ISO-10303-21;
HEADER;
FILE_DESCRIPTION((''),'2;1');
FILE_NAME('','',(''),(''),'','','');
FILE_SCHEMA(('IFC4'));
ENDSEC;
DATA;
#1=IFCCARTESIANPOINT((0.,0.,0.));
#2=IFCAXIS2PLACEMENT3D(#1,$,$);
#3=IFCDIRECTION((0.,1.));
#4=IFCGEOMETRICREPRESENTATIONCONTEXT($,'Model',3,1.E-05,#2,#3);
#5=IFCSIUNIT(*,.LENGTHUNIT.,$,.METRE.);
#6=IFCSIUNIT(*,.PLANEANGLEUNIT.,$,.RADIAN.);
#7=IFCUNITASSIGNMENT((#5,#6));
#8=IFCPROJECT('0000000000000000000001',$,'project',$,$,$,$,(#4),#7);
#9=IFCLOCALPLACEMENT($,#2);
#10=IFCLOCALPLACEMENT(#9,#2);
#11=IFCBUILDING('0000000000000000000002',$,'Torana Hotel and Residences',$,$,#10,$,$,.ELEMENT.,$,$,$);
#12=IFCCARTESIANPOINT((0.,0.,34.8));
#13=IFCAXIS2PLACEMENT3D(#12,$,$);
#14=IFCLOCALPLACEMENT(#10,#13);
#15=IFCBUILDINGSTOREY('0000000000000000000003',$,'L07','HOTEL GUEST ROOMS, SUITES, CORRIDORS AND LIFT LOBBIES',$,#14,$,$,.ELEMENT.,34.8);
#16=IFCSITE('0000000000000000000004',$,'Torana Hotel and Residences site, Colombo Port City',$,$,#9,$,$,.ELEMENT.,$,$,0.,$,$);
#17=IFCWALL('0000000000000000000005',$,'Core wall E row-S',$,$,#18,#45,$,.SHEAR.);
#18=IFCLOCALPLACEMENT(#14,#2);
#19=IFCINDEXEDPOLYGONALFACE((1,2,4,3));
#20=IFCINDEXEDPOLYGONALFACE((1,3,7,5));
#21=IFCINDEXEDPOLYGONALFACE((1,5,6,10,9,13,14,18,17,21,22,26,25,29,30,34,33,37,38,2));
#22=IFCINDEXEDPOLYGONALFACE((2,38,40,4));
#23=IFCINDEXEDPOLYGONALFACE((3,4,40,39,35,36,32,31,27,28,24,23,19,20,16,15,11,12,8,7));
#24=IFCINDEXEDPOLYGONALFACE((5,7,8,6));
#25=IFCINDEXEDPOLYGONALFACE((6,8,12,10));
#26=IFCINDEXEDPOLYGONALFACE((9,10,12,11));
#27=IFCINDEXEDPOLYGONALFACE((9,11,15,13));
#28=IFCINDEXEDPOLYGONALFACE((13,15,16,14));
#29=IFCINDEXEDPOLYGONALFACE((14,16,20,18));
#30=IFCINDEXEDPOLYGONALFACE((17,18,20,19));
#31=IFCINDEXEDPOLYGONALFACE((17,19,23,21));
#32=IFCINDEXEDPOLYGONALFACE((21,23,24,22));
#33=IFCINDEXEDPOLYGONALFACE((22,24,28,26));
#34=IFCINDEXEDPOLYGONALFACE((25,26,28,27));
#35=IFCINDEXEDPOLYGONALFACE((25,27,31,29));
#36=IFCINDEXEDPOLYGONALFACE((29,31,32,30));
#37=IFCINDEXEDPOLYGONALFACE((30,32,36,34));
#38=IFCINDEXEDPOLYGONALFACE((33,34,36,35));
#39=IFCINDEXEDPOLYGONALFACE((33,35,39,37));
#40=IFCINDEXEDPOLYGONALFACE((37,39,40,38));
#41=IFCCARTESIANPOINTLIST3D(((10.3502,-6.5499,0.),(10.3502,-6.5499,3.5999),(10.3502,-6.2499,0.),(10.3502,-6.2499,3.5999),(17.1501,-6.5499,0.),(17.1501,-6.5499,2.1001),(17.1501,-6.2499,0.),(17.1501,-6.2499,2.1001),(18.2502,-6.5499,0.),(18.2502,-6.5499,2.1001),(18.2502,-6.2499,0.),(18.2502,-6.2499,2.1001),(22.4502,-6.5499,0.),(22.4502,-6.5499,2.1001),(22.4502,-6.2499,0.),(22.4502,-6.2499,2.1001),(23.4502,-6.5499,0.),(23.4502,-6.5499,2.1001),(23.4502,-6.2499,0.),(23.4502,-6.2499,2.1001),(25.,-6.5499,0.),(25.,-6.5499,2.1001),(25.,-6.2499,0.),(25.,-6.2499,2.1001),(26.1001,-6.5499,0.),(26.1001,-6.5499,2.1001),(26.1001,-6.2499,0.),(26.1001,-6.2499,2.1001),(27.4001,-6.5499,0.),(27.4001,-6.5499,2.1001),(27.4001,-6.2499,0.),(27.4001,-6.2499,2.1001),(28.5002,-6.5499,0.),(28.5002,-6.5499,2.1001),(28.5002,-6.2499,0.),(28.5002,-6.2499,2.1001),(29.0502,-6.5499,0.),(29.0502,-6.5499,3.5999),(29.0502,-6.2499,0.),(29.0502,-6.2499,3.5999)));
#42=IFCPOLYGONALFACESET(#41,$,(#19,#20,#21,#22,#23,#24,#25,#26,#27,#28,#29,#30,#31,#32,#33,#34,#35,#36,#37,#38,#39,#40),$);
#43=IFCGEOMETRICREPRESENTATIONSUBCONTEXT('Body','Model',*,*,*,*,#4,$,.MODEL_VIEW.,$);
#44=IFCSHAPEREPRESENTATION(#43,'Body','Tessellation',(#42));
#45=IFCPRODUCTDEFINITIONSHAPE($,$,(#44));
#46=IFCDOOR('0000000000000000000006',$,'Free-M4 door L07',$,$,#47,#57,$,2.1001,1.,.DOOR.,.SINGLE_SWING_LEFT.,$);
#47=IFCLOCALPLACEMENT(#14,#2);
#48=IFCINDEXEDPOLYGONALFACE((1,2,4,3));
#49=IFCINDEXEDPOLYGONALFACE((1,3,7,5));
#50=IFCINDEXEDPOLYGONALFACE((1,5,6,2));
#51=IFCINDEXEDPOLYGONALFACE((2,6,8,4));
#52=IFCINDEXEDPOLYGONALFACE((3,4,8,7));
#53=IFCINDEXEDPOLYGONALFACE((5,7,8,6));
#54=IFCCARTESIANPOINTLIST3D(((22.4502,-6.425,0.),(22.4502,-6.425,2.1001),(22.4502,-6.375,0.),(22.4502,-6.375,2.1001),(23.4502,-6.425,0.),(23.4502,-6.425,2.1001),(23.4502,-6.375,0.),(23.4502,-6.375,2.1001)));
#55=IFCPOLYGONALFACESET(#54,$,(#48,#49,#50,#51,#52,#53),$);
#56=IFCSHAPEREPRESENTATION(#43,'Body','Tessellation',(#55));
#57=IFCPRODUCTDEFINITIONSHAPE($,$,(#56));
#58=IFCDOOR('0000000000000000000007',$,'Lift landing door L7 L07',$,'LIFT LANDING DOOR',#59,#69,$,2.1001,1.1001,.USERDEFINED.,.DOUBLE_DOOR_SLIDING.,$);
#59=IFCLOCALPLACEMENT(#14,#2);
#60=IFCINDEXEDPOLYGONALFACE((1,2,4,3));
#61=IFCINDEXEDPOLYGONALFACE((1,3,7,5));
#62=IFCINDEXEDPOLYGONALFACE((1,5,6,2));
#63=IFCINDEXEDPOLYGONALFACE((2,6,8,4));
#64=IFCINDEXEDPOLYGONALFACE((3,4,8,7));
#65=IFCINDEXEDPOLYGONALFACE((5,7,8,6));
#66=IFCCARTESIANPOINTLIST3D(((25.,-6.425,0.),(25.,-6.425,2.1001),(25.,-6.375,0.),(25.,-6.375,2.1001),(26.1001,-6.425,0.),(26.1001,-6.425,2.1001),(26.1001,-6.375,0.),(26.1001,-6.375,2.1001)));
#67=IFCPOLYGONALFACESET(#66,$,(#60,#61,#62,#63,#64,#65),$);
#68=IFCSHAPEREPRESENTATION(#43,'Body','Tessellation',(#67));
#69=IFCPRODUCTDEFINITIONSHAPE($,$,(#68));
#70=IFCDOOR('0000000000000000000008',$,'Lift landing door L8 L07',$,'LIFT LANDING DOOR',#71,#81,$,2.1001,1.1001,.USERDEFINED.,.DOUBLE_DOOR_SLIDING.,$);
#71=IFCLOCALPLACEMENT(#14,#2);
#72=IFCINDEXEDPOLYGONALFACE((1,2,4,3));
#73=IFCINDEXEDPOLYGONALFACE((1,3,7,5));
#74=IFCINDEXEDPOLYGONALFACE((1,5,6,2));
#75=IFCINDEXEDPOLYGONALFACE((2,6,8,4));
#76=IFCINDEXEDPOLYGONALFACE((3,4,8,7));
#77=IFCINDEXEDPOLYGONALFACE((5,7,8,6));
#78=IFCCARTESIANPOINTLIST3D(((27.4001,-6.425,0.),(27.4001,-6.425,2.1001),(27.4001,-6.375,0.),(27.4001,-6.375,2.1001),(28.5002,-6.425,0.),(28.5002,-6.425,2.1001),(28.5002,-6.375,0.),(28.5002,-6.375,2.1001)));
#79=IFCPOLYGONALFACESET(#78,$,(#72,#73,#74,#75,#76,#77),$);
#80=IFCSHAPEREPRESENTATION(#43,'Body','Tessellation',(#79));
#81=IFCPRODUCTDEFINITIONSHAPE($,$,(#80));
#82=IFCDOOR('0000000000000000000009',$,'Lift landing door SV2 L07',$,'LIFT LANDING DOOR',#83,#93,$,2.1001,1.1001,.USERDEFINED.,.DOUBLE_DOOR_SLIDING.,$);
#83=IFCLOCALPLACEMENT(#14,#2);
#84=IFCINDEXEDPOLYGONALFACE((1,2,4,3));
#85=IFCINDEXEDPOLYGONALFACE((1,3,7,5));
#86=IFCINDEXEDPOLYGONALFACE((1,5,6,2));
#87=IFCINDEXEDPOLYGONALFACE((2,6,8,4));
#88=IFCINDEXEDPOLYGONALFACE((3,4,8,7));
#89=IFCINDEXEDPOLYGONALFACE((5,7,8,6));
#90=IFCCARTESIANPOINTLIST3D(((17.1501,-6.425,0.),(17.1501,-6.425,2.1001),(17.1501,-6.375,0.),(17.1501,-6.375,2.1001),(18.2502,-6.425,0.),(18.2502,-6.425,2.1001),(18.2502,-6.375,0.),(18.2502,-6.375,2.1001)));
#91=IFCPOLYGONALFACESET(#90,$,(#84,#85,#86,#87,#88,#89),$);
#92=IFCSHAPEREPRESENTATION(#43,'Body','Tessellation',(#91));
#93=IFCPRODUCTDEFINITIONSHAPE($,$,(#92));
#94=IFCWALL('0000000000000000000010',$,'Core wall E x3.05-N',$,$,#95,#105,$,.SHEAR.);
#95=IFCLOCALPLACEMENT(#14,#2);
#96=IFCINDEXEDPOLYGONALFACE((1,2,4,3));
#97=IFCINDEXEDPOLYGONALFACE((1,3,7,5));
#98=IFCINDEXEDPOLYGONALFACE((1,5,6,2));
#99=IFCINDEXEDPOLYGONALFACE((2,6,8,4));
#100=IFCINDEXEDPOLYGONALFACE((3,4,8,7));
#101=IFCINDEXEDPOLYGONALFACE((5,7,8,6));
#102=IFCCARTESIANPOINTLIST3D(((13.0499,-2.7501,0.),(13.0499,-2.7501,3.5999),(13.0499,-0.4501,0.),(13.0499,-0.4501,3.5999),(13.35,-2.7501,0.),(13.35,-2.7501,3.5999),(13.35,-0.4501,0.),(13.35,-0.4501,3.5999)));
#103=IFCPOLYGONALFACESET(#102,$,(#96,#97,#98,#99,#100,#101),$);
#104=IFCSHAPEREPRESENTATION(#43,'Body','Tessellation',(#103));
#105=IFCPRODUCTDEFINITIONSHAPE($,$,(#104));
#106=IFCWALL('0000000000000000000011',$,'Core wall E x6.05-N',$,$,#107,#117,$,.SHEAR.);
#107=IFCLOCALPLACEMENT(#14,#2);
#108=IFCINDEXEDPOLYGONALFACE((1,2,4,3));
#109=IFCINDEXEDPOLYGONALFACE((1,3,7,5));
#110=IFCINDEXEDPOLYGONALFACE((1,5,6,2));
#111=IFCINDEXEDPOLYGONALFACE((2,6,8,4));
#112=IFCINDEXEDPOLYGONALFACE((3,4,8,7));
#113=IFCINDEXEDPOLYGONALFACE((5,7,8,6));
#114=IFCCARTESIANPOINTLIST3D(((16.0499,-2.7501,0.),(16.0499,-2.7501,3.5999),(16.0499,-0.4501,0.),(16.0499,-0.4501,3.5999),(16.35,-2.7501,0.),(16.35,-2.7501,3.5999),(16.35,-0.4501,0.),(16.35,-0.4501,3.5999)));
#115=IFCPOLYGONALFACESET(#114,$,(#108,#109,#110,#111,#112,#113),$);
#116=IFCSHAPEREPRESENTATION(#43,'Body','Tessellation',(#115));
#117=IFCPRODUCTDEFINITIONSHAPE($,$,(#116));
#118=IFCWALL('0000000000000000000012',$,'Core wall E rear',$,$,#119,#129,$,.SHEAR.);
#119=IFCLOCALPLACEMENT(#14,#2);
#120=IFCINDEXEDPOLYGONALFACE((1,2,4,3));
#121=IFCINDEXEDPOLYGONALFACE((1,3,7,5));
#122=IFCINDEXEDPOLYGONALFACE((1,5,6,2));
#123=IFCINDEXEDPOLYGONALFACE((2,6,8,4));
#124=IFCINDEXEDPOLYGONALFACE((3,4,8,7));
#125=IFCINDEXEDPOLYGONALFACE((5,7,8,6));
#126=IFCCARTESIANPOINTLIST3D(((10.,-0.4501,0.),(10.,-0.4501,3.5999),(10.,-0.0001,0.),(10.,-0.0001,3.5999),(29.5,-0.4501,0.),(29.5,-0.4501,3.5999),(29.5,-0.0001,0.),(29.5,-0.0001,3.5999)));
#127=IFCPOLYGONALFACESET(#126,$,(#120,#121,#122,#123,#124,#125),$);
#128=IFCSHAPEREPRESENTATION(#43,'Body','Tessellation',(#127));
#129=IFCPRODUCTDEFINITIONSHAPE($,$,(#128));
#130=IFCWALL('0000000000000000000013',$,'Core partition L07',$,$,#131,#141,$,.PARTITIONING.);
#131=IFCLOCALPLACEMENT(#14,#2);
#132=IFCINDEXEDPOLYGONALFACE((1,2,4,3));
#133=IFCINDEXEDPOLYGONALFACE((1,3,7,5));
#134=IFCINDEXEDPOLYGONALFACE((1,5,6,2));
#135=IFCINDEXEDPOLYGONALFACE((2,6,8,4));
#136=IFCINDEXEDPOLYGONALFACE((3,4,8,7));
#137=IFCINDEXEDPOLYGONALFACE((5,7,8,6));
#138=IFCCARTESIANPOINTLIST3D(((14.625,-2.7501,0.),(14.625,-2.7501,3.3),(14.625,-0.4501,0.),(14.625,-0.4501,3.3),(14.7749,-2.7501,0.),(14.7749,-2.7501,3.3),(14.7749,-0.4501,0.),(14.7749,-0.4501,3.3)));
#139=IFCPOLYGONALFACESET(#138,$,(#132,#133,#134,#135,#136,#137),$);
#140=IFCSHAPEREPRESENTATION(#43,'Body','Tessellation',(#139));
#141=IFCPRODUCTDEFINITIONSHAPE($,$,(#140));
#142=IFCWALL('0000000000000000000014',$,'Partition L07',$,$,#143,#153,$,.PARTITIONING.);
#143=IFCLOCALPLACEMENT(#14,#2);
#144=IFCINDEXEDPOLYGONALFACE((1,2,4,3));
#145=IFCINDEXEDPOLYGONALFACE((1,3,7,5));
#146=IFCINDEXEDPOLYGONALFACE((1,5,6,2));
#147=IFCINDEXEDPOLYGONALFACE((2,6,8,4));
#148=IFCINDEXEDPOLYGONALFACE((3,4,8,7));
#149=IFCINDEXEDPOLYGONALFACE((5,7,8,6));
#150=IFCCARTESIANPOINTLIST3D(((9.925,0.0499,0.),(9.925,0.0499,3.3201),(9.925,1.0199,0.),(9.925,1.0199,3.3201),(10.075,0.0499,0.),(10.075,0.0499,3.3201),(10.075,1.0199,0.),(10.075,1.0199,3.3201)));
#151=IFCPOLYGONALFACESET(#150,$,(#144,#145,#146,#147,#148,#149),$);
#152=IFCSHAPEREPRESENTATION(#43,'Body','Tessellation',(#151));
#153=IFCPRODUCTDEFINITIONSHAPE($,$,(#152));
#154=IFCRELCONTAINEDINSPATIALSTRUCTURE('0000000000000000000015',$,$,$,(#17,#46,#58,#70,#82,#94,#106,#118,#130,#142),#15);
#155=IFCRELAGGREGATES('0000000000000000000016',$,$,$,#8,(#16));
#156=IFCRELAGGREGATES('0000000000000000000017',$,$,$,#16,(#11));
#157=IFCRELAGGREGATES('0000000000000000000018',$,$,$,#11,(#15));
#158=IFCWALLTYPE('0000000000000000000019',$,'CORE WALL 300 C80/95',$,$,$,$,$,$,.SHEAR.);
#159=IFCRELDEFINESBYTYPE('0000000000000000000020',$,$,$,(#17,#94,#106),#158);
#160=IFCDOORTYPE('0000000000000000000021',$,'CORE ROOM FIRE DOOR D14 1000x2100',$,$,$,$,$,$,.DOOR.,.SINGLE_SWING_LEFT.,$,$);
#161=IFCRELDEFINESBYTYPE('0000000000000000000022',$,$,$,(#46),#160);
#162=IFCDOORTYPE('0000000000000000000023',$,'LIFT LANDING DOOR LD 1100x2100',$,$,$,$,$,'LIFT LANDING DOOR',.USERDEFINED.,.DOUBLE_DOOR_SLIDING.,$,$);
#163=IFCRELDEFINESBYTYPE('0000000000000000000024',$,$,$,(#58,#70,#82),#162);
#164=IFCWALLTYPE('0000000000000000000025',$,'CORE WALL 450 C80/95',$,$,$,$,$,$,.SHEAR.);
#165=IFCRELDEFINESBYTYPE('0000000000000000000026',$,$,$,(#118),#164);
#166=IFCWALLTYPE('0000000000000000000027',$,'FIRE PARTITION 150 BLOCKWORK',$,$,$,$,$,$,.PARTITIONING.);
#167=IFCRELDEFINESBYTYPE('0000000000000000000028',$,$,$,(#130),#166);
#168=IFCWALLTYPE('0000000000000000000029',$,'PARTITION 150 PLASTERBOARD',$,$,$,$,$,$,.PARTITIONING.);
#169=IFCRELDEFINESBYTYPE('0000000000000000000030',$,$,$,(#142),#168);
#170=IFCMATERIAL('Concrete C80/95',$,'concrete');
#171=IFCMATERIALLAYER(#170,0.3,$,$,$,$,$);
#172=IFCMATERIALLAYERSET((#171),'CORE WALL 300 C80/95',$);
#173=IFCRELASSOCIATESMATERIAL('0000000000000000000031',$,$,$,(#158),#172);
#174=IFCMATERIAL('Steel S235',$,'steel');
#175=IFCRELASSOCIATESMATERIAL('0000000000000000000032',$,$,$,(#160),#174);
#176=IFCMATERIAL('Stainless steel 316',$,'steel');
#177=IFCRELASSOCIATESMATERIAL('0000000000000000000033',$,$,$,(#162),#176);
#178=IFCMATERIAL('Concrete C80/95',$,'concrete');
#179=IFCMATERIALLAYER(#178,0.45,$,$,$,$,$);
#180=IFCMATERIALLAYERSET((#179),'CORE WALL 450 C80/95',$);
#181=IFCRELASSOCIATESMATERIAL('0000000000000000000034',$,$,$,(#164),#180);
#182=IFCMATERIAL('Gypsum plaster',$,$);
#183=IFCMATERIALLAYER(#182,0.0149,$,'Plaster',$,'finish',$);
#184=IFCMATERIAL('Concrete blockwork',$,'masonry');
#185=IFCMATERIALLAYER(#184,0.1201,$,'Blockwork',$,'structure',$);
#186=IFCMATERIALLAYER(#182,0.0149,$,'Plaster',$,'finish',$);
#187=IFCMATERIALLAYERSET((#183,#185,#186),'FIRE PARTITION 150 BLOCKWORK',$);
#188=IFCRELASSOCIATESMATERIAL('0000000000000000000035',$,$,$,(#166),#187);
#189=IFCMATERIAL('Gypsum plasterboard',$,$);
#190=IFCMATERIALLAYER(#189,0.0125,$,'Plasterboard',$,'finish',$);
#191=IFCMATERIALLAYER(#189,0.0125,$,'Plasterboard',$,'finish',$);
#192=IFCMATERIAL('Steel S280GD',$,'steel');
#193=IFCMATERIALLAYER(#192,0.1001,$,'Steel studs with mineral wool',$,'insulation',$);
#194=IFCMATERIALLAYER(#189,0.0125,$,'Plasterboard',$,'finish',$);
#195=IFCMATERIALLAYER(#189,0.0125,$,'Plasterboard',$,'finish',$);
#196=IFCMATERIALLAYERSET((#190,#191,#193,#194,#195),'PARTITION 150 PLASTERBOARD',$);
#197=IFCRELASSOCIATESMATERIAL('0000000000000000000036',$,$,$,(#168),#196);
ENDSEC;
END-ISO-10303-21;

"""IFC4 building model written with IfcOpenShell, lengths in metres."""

from ifc_helpers import new_model, si_unit, direction, frame, frame_2d, origin, place, context, subcontext, project, spatial, rectangle, extrude, material, layer, layer_set, type_object, element, fill, save


model = new_model("IFC4")

# Units and contexts
model_context = context("Model", 3, precision=1e-05, world=origin(), true_north=direction((0.0, 1.0)))
body_context = subcontext(model_context, "Body", "Model", "MODEL_VIEW")
ifc_project = project(units=[si_unit("LENGTHUNIT", "METRE"), si_unit("PLANEANGLEUNIT", "RADIAN")], contexts=[model_context])

# Site, building, storey
site_placement = place(None, origin())
site = spatial("IfcSite", under=ifc_project, at=site_placement, Name="Torana Hotel and Residences site, Colombo Port City", CompositionType="ELEMENT", RefElevation=0.0)
building_placement = place(site_placement, origin())
building = spatial("IfcBuilding", under=site, at=building_placement, Name="Torana Hotel and Residences", CompositionType="ELEMENT")
storey_placement = place(building_placement, frame((0.0, 0.0, 34.8)))
storey = spatial("IfcBuildingStorey", under=building, at=storey_placement, Name="L07", Description="HOTEL GUEST ROOMS, SUITES, CORRIDORS AND LIFT LOBBIES", CompositionType="ELEMENT", Elevation=34.8)

# Wall, openings, doors
ifc_material_1 = material(Name="Concrete C80/95", Category="concrete")
ifc_layer_1 = layer(ifc_material_1, 0.3)
ifc_layer_set_1 = layer_set([ifc_layer_1], Name="CORE WALL 300 C80/95")
wall_type_1 = type_object("IfcWallType", Name="CORE WALL 300 C80/95", PredefinedType="SHEAR", material=ifc_layer_set_1)
ifc_material_2 = material(Name="Steel S235", Category="steel")
door_type_1 = type_object("IfcDoorType", Name="CORE ROOM FIRE DOOR D14 1000x2100", OperationType="SINGLE_SWING_LEFT", PredefinedType="DOOR", material=ifc_material_2)
ifc_material_3 = material(Name="Stainless steel 316", Category="steel")
door_type_2 = type_object("IfcDoorType", Name="LIFT LANDING DOOR LD 1100x2100", ElementType="LIFT LANDING DOOR", OperationType="DOUBLE_DOOR_SLIDING", PredefinedType="USERDEFINED", material=ifc_material_3)
wall_1_placement = place(storey_placement, frame((10.3501, -6.3999, 0.0), z_axis=(0.0, 0.0, 1.0), x_axis=(1.0, 0.0, 0.0)))
wall_1 = element("IfcWall", 1, at=wall_1_placement, inside=storey, type_object=wall_type_1, Name="Core wall E row-S", PredefinedType="SHEAR", context=body_context, shape_type="SweptSolid", body=[
    extrude(rectangle(XDim=18.7, YDim=0.3, at=frame_2d((9.3501, 0.0))), origin(), (0.0, 0.0, 1.0), 3.5999),
])
opening_1_placement = place(wall_1_placement, frame((14.6499, 0.0, 0.0)))
opening_1 = element("IfcOpeningElement", 2, at=opening_1_placement, cuts=wall_1, PredefinedType="OPENING", context=body_context, shape_type="SweptSolid", body=[
    extrude(rectangle(XDim=1.1001, YDim=2.1001, at=frame_2d((0.55, 1.05))), frame((0.0, 0.1599, 0.0), z_axis=(0.0, -1.0, 0.0), x_axis=(1.0, 0.0, 0.0)), (0.0, 0.0, 1.0), 0.3201),
])
opening_2_placement = place(wall_1_placement, frame((17.05, 0.0, 0.0)))
opening_2 = element("IfcOpeningElement", 3, at=opening_2_placement, cuts=wall_1, PredefinedType="OPENING", context=body_context, shape_type="SweptSolid", body=[
    extrude(rectangle(XDim=1.1001, YDim=2.1001, at=frame_2d((0.55, 1.05))), frame((0.0, 0.1599, 0.0), z_axis=(0.0, -1.0, 0.0), x_axis=(1.0, 0.0, 0.0)), (0.0, 0.0, 1.0), 0.3201),
])
opening_3_placement = place(wall_1_placement, frame((6.8, 0.0, 0.0)))
opening_3 = element("IfcOpeningElement", 4, at=opening_3_placement, cuts=wall_1, PredefinedType="OPENING", context=body_context, shape_type="SweptSolid", body=[
    extrude(rectangle(XDim=1.1001, YDim=2.1001, at=frame_2d((0.55, 1.05))), frame((0.0, 0.1599, 0.0), z_axis=(0.0, -1.0, 0.0), x_axis=(1.0, 0.0, 0.0)), (0.0, 0.0, 1.0), 0.3201),
])
opening_4_placement = place(wall_1_placement, frame((12.1001, 0.0, 0.0)))
opening_4 = element("IfcOpeningElement", 5, at=opening_4_placement, cuts=wall_1, PredefinedType="OPENING", context=body_context, shape_type="SweptSolid", body=[
    extrude(rectangle(XDim=1.0, YDim=2.1001, at=frame_2d((0.5, 1.05))), frame((0.0, 0.1599, 0.0), z_axis=(0.0, -1.0, 0.0), x_axis=(1.0, 0.0, 0.0)), (0.0, 0.0, 1.0), 0.3201),
])
door_1_placement = place(opening_4_placement, frame((0.5, 0.0, 0.0), z_axis=(0.0, 0.0, 1.0), x_axis=(-1.0, 0.0, 0.0)))
door_1 = element("IfcDoor", 6, at=door_1_placement, inside=storey, type_object=door_type_1, Name="Free-M4 door L07", OperationType="SINGLE_SWING_LEFT", OverallHeight=2.1001, OverallWidth=1.0, PredefinedType="DOOR", context=body_context, shape_type="SweptSolid", body=[
    extrude(rectangle(XDim=1.0, YDim=2.1001, at=frame_2d((0.0, 1.05))), frame((0.0, -0.0249, 0.0), z_axis=(0.0, 1.0, 0.0), x_axis=(-1.0, 0.0, 0.0)), (0.0, 0.0, 1.0), 0.05),
])
fill(opening_4, door_1)
door_2_placement = place(opening_1_placement, origin())
door_2 = element("IfcDoor", 7, at=door_2_placement, inside=storey, type_object=door_type_2, Name="Lift landing door L7 L07", ObjectType="LIFT LANDING DOOR", OperationType="DOUBLE_DOOR_SLIDING", OverallHeight=2.1001, OverallWidth=1.1001, PredefinedType="USERDEFINED", context=body_context, shape_type="SweptSolid", body=[
    extrude(rectangle(XDim=1.1001, YDim=2.1001, at=frame_2d((0.55, 1.05))), frame((0.0, 0.0249, 0.0), z_axis=(0.0, -1.0, 0.0), x_axis=(1.0, 0.0, 0.0)), (0.0, 0.0, 1.0), 0.05),
])
fill(opening_1, door_2)
door_3_placement = place(opening_2_placement, origin())
door_3 = element("IfcDoor", 8, at=door_3_placement, inside=storey, type_object=door_type_2, Name="Lift landing door L8 L07", ObjectType="LIFT LANDING DOOR", OperationType="DOUBLE_DOOR_SLIDING", OverallHeight=2.1001, OverallWidth=1.1001, PredefinedType="USERDEFINED", context=body_context, shape_type="SweptSolid", body=[
    extrude(rectangle(XDim=1.1001, YDim=2.1001, at=frame_2d((0.55, 1.05))), frame((0.0, 0.0249, 0.0), z_axis=(0.0, -1.0, 0.0), x_axis=(1.0, 0.0, 0.0)), (0.0, 0.0, 1.0), 0.05),
])
fill(opening_2, door_3)
door_4_placement = place(opening_3_placement, origin())
door_4 = element("IfcDoor", 9, at=door_4_placement, inside=storey, type_object=door_type_2, Name="Lift landing door SV2 L07", ObjectType="LIFT LANDING DOOR", OperationType="DOUBLE_DOOR_SLIDING", OverallHeight=2.1001, OverallWidth=1.1001, PredefinedType="USERDEFINED", context=body_context, shape_type="SweptSolid", body=[
    extrude(rectangle(XDim=1.1001, YDim=2.1001, at=frame_2d((0.55, 1.05))), frame((0.0, 0.0249, 0.0), z_axis=(0.0, -1.0, 0.0), x_axis=(1.0, 0.0, 0.0)), (0.0, 0.0, 1.0), 0.05),
])
fill(opening_3, door_4)

# Walls
for number, where, z_axis, x_axis, name in (
    (10, (13.2, -2.75, 0.0), (0.0, 0.0, 1.0), (0.0, 1.0, 0.0), "Core wall E x3.05-N"),
    (11, (16.2, -2.75, 0.0), (0.0, 0.0, 1.0), (0.0, 1.0, 0.0), "Core wall E x6.05-N"),
):
    element("IfcWall", number, at=place(storey_placement, frame(where, z_axis=z_axis, x_axis=x_axis)), inside=storey, type_object=wall_type_1, Name=name, PredefinedType="SHEAR", context=body_context, shape_type="SweptSolid", body=[
        extrude(rectangle(XDim=2.3, YDim=0.3, at=frame_2d((1.1499, 0.0))), origin(), (0.0, 0.0, 1.0), 3.5999),
    ])
ifc_material_4 = material(Name="Concrete C80/95", Category="concrete")
ifc_layer_2 = layer(ifc_material_4, 0.45)
ifc_layer_set_2 = layer_set([ifc_layer_2], Name="CORE WALL 450 C80/95")
wall_type_2 = type_object("IfcWallType", Name="CORE WALL 450 C80/95", PredefinedType="SHEAR", material=ifc_layer_set_2)
wall_2_placement = place(storey_placement, frame((10.0, -0.2251, 0.0), z_axis=(0.0, 0.0, 1.0), x_axis=(1.0, 0.0, 0.0)))
element("IfcWall", 12, at=wall_2_placement, inside=storey, type_object=wall_type_2, Name="Core wall E rear", PredefinedType="SHEAR", context=body_context, shape_type="SweptSolid", body=[
    extrude(rectangle(XDim=19.5, YDim=0.45, at=frame_2d((9.75, 0.0))), origin(), (0.0, 0.0, 1.0), 3.5999),
])
ifc_material_5 = material(Name="Gypsum plaster")
ifc_layer_3 = layer(ifc_material_5, 0.0149, Name="Plaster", Category="finish")
ifc_material_6 = material(Name="Concrete blockwork", Category="masonry")
ifc_layer_4 = layer(ifc_material_6, 0.1201, Name="Blockwork", Category="structure")
ifc_layer_5 = layer(ifc_material_5, 0.0149, Name="Plaster", Category="finish")
ifc_layer_set_3 = layer_set([ifc_layer_3, ifc_layer_4, ifc_layer_5], Name="FIRE PARTITION 150 BLOCKWORK")
wall_type_3 = type_object("IfcWallType", Name="FIRE PARTITION 150 BLOCKWORK", PredefinedType="PARTITIONING", material=ifc_layer_set_3)
wall_3_placement = place(storey_placement, frame((14.7, -2.75, 0.0), z_axis=(0.0, 0.0, 1.0), x_axis=(0.0, 1.0, 0.0)))
element("IfcWall", 13, at=wall_3_placement, inside=storey, type_object=wall_type_3, Name="Core partition L07", PredefinedType="PARTITIONING", context=body_context, shape_type="SweptSolid", body=[
    extrude(rectangle(XDim=2.3, YDim=0.1499, at=frame_2d((1.1499, 0.0))), origin(), (0.0, 0.0, 1.0), 3.3),
])
ifc_material_7 = material(Name="Gypsum plasterboard")
ifc_layer_6 = layer(ifc_material_7, 0.0125, Name="Plasterboard", Category="finish")
ifc_layer_7 = layer(ifc_material_7, 0.0125, Name="Plasterboard", Category="finish")
ifc_material_8 = material(Name="Steel S280GD", Category="steel")
ifc_layer_8 = layer(ifc_material_8, 0.1001, Name="Steel studs with mineral wool", Category="insulation")
ifc_layer_9 = layer(ifc_material_7, 0.0125, Name="Plasterboard", Category="finish")
ifc_layer_10 = layer(ifc_material_7, 0.0125, Name="Plasterboard", Category="finish")
ifc_layer_set_4 = layer_set([ifc_layer_6, ifc_layer_7, ifc_layer_8, ifc_layer_9, ifc_layer_10], Name="PARTITION 150 PLASTERBOARD")
wall_type_4 = type_object("IfcWallType", Name="PARTITION 150 PLASTERBOARD", PredefinedType="PARTITIONING", material=ifc_layer_set_4)
wall_4_placement = place(storey_placement, frame((10.0, 0.05, 0.0), z_axis=(0.0, 0.0, 1.0), x_axis=(0.0, 1.0, 0.0)))
element("IfcWall", 14, at=wall_4_placement, inside=storey, type_object=wall_type_4, Name="Partition L07", PredefinedType="PARTITIONING", context=body_context, shape_type="SweptSolid", body=[
    extrude(rectangle(XDim=0.97, YDim=0.1499, at=frame_2d((0.4849, 0.0))), origin(), (0.0, 0.0, 1.0), 3.3201),
])

save(model, "model.ifc")
